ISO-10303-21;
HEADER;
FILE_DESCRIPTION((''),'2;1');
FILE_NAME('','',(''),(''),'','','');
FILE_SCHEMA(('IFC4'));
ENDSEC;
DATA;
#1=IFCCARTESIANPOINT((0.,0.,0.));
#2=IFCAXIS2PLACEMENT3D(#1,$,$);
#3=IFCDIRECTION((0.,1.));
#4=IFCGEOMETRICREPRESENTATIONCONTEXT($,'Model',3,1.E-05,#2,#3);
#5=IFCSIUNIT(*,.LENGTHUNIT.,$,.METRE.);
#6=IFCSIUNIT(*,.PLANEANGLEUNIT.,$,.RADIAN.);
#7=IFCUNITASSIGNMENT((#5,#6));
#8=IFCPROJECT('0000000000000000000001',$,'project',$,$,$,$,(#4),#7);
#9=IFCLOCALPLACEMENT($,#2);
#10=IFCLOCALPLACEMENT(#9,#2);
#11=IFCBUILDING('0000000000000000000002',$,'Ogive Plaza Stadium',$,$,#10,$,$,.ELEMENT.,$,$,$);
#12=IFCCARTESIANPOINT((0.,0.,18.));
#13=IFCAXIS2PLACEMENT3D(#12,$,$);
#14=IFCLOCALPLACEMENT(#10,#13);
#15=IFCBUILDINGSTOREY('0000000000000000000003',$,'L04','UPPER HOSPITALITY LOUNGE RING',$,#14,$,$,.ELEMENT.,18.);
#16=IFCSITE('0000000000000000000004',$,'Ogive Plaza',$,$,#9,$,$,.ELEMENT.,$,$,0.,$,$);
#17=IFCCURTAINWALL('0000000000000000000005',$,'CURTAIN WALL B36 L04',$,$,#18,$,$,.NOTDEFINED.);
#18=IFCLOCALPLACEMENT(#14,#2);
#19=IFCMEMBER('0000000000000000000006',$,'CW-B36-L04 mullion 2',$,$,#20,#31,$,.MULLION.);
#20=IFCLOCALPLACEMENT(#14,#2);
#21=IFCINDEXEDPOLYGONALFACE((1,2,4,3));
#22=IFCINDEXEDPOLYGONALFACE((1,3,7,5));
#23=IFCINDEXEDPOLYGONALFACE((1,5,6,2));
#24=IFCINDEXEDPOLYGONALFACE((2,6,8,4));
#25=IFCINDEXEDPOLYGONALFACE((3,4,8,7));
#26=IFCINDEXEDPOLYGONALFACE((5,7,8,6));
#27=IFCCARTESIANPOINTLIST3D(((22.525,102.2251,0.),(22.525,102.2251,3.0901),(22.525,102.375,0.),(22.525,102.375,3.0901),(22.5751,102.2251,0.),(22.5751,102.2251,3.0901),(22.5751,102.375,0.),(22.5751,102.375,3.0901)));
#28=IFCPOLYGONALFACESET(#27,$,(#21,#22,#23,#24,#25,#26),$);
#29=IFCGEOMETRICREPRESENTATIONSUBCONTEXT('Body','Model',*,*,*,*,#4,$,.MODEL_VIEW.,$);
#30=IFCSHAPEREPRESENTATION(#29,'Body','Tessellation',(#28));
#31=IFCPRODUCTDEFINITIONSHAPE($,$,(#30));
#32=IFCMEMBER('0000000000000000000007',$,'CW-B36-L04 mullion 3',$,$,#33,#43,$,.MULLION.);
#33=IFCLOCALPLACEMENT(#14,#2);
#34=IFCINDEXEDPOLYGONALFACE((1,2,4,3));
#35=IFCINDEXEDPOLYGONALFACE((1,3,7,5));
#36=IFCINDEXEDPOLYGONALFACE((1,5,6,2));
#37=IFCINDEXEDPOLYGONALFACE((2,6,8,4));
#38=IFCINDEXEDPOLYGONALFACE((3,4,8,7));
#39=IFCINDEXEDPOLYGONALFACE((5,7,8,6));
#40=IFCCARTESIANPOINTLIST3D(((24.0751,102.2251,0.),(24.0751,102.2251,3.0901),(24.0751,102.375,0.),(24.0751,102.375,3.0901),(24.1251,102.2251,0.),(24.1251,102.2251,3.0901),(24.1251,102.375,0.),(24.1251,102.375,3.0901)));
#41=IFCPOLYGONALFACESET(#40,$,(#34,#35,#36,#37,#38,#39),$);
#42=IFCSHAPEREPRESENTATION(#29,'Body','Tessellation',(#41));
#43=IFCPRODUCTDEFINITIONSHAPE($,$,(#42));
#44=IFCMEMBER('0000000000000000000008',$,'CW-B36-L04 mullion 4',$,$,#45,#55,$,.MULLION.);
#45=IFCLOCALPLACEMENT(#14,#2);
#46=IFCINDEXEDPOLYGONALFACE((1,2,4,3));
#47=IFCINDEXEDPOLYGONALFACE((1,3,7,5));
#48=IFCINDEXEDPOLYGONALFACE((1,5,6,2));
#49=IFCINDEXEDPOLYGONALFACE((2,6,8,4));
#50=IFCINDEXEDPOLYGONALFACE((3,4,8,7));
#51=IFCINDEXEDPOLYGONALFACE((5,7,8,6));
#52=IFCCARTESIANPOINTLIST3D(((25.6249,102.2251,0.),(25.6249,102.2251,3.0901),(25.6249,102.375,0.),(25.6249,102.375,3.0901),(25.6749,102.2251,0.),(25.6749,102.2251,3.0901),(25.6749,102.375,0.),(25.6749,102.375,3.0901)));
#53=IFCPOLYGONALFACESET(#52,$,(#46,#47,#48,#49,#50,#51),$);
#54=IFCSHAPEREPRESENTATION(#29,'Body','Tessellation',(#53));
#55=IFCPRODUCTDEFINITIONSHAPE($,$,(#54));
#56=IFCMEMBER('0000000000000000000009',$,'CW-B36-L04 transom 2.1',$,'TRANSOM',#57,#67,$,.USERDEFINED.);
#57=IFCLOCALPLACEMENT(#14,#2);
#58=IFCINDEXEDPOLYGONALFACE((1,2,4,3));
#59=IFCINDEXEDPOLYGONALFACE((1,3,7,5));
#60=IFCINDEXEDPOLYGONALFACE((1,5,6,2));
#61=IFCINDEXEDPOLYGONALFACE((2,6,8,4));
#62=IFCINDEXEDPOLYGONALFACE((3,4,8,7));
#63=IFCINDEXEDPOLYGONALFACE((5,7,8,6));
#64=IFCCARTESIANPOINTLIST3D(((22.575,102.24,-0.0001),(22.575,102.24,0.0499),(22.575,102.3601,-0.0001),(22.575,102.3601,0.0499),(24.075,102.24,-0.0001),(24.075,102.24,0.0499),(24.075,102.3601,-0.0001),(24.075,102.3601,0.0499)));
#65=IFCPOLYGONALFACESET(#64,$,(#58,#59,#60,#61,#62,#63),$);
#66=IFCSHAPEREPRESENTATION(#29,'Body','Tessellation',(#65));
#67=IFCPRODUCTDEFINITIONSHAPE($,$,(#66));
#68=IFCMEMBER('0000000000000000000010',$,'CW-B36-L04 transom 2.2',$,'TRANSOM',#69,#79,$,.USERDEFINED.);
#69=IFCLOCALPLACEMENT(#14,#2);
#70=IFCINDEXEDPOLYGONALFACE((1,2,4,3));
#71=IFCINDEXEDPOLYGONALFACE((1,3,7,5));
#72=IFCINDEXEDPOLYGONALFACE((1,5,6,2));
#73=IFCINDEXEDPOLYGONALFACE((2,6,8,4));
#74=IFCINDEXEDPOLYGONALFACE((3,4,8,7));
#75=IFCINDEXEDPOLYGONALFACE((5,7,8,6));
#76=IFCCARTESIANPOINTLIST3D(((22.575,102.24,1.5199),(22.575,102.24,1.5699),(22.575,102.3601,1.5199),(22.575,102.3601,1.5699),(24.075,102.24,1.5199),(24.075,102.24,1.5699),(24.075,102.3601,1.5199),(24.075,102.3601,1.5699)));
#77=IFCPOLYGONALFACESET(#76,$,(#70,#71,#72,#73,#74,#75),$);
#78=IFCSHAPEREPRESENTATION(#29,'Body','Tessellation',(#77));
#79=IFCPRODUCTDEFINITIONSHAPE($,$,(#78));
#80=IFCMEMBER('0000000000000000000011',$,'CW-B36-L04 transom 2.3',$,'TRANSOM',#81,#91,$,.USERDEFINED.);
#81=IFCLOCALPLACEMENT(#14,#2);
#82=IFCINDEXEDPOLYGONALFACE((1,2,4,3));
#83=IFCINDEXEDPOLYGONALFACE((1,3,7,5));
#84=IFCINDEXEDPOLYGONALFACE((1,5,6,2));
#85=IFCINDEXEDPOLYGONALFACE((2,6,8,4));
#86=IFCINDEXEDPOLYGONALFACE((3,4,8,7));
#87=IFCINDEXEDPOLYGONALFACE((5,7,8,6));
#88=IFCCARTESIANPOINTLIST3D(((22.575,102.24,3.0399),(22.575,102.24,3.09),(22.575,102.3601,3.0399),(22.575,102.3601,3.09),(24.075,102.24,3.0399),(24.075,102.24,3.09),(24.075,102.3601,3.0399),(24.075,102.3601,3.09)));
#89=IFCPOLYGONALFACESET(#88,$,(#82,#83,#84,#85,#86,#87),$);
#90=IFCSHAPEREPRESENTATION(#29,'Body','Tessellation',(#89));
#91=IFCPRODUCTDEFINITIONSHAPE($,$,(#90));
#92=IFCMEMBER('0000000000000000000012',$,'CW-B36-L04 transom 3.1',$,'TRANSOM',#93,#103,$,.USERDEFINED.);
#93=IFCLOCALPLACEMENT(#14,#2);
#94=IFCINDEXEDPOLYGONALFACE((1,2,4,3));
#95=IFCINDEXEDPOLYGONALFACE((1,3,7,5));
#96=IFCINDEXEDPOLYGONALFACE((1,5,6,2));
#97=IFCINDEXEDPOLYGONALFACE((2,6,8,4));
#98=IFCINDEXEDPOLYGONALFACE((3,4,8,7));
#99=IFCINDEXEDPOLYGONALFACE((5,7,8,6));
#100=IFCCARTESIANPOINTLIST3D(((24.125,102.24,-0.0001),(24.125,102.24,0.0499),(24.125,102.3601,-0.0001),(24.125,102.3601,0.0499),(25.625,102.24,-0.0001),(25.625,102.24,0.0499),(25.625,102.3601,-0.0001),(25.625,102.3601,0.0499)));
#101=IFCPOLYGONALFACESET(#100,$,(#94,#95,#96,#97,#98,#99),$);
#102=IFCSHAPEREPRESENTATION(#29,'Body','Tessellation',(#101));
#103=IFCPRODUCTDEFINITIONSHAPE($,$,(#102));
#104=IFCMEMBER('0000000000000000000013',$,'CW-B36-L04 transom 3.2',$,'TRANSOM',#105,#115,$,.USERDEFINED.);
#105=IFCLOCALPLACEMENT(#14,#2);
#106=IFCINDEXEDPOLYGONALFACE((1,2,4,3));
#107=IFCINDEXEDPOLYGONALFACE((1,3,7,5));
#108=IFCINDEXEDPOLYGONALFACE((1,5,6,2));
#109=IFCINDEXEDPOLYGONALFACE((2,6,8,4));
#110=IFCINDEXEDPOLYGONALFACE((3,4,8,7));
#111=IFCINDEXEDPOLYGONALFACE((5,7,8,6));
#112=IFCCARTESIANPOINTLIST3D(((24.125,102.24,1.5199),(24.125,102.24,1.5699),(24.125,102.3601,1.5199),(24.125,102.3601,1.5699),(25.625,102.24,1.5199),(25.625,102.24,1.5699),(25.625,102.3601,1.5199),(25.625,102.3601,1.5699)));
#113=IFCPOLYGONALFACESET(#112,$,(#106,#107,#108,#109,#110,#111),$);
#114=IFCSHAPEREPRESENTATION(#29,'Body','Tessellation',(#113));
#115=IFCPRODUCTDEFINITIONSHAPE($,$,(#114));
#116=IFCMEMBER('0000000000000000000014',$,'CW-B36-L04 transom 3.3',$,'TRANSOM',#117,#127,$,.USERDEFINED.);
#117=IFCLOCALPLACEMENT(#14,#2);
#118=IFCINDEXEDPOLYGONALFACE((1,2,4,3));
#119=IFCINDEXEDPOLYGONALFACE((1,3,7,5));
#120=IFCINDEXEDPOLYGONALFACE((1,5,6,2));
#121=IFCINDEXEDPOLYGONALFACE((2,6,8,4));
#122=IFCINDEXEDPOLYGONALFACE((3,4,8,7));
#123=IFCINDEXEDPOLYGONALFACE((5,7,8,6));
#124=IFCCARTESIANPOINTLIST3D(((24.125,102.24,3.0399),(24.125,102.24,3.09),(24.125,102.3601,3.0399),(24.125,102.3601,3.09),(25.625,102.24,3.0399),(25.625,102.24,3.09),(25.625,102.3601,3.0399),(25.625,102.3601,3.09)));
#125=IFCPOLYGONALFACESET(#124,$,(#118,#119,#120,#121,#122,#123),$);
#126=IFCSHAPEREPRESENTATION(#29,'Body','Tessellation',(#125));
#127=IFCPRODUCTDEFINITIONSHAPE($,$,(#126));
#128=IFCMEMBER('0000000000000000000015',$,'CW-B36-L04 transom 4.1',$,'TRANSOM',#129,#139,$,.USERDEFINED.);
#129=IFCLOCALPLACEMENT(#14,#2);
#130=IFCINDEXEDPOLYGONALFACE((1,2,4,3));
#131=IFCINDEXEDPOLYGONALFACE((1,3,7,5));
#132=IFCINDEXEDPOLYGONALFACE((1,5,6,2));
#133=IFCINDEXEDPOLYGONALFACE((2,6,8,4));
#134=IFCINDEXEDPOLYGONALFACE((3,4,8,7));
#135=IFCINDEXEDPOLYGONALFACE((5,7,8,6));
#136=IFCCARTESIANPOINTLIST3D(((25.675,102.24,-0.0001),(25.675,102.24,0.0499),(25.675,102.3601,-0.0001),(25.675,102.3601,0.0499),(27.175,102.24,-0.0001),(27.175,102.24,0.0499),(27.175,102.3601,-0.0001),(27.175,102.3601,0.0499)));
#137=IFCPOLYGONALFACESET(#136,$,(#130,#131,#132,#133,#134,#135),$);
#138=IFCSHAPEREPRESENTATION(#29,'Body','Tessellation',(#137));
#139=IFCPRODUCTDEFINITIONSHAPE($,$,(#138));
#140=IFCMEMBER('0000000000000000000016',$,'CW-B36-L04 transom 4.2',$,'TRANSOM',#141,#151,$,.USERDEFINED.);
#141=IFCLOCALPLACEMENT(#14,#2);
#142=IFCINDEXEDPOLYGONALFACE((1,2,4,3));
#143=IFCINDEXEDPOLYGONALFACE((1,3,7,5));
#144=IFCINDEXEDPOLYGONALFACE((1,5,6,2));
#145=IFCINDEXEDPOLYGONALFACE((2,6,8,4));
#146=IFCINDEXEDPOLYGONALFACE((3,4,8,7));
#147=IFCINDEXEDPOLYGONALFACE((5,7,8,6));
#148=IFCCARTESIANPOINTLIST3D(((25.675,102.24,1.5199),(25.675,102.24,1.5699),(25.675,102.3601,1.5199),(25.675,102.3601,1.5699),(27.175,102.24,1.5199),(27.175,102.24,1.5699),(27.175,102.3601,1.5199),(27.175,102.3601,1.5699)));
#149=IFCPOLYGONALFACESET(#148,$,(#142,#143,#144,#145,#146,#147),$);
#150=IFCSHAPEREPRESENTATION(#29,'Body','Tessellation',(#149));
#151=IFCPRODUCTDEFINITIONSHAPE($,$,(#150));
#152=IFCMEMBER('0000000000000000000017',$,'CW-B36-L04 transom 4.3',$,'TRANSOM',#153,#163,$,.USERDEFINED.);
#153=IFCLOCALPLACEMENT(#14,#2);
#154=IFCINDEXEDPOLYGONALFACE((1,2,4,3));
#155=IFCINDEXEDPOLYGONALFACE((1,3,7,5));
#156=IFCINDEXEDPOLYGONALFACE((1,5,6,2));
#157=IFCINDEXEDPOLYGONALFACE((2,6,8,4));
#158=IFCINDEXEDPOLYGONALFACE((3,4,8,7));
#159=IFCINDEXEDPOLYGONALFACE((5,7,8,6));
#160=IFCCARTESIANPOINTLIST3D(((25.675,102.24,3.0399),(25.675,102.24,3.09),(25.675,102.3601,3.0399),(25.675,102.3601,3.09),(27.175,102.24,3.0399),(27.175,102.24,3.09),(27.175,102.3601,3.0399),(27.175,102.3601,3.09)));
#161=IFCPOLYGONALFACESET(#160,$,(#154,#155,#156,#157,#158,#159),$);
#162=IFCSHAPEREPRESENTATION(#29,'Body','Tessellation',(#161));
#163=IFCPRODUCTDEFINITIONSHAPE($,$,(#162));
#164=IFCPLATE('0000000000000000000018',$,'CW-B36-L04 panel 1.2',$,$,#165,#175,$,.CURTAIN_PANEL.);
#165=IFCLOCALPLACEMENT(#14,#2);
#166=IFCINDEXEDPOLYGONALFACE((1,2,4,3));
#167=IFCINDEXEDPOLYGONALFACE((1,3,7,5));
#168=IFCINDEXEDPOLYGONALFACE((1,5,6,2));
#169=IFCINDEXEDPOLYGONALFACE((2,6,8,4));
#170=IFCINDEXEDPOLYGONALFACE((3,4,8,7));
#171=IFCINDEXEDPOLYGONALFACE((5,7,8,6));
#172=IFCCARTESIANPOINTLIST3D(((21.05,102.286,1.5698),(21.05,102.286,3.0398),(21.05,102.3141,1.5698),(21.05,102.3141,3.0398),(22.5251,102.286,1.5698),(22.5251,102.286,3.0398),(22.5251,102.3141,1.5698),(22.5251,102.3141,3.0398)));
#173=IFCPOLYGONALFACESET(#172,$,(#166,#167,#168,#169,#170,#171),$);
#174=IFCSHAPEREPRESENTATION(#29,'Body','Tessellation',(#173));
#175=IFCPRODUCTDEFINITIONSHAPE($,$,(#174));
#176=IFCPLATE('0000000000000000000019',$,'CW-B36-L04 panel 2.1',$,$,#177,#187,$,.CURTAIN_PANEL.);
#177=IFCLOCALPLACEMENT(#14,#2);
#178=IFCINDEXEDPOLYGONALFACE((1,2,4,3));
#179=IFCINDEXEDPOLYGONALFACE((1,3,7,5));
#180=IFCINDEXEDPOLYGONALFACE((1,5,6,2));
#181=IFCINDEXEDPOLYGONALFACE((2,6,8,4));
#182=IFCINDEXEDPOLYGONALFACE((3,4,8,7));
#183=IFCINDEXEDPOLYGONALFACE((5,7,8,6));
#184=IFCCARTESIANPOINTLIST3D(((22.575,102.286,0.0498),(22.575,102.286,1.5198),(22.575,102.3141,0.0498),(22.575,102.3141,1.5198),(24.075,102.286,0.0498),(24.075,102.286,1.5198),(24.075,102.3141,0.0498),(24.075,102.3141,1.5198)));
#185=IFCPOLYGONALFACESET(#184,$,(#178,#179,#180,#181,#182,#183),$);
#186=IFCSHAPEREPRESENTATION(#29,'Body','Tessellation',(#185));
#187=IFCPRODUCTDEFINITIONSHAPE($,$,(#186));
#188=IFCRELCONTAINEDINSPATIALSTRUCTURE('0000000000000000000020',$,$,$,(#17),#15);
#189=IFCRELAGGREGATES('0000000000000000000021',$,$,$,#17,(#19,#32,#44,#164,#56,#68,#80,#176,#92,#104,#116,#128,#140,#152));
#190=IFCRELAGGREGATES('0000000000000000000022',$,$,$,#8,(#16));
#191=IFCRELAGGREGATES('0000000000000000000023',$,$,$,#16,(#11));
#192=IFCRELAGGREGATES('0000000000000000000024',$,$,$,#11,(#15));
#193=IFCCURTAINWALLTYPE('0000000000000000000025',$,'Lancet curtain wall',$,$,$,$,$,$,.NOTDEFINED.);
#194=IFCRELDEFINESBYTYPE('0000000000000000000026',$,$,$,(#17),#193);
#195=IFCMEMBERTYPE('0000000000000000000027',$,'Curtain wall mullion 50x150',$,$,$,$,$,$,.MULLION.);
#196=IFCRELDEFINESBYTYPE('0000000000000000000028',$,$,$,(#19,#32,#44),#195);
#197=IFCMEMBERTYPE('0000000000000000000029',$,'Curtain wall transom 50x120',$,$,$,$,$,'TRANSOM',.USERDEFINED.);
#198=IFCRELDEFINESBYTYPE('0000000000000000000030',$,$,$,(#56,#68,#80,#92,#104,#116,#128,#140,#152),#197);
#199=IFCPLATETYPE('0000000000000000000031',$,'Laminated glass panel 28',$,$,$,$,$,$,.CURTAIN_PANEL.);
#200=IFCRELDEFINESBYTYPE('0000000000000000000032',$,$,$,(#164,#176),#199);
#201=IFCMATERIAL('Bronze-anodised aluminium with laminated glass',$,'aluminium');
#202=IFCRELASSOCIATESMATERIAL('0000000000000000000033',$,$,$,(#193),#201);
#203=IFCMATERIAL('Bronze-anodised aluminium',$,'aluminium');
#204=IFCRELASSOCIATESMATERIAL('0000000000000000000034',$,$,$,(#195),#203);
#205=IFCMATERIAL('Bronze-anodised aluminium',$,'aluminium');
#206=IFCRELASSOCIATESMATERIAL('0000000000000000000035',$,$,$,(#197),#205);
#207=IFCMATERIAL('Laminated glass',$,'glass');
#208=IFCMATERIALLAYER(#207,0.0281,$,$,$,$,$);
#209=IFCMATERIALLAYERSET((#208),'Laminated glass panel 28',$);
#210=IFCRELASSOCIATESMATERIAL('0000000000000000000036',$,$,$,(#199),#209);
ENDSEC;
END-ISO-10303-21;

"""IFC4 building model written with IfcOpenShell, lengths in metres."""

from ifc_helpers import new_model, si_unit, direction, frame, origin, origin_2d, place, context, subcontext, project, spatial, rectangle, extrude, material, layer, layer_set, material_profile, profile_set, type_object, element, aggregate, save


model = new_model("IFC4")

# Units and contexts
model_context = context("Model", 3, precision=1e-05, world=origin(), true_north=direction((0.0, 1.0)))
body_context = subcontext(model_context, "Body", "Model", "MODEL_VIEW")
ifc_project = project(units=[si_unit("LENGTHUNIT", "METRE"), si_unit("PLANEANGLEUNIT", "RADIAN")], contexts=[model_context])

# Site, building, storey
site_placement = place(None, origin())
site = spatial("IfcSite", under=ifc_project, at=site_placement, Name="Ogive Plaza", CompositionType="ELEMENT", RefElevation=0.0)
building_placement = place(site_placement, origin())
building = spatial("IfcBuilding", under=site, at=building_placement, Name="Ogive Plaza Stadium", CompositionType="ELEMENT")
storey_placement = place(building_placement, frame((0.0, 0.0, 18.0)))
storey = spatial("IfcBuildingStorey", under=building, at=storey_placement, Name="L04", Description="UPPER HOSPITALITY LOUNGE RING", CompositionType="ELEMENT", Elevation=18.0)

# Curtain wall, members, plates
ifc_material_1 = material(Name="Bronze-anodised aluminium with laminated glass", Category="aluminium")
curtain_wall_type = type_object("IfcCurtainWallType", Name="Lancet curtain wall", PredefinedType="NOTDEFINED", material=ifc_material_1)
curtain_wall_placement = place(storey_placement, origin())
curtain_wall = element("IfcCurtainWall", 1, at=curtain_wall_placement, inside=storey, type_object=curtain_wall_type, Name="CURTAIN WALL B36 L04", PredefinedType="NOTDEFINED")
ifc_material_2 = material(Name="Bronze-anodised aluminium", Category="aluminium")
ifc_material_profile_1 = material_profile(ifc_material_2, rectangle(XDim=0.1499, YDim=0.05, at=origin_2d()), Name="AL 150x50")
ifc_profile_set_1 = profile_set([ifc_material_profile_1], Name="Bronze-anodised aluminium")
member_type_1 = type_object("IfcMemberType", Name="Curtain wall mullion 50x150", PredefinedType="MULLION", material=ifc_profile_set_1)
member_1_placement = place(storey_placement, frame((22.55, 102.3, 0.0), z_axis=(0.0, 0.0, 1.0), x_axis=(0.0, 1.0, 0.0)))
member_1 = element("IfcMember", 2, at=member_1_placement, type_object=member_type_1, Name="CW-B36-L04 mullion 2", PredefinedType="MULLION", context=body_context, shape_type="SweptSolid", body=[
    extrude(rectangle(XDim=0.1499, YDim=0.05, at=origin_2d()), origin(), (0.0, 0.0, 1.0), 3.0901),
])
member_2_placement = place(storey_placement, frame((24.1001, 102.3, 0.0), z_axis=(0.0, 0.0, 1.0), x_axis=(0.0, 1.0, 0.0)))
member_2 = element("IfcMember", 3, at=member_2_placement, type_object=member_type_1, Name="CW-B36-L04 mullion 3", PredefinedType="MULLION", context=body_context, shape_type="SweptSolid", body=[
    extrude(rectangle(XDim=0.1499, YDim=0.05, at=origin_2d()), origin(), (0.0, 0.0, 1.0), 3.0901),
])
member_3_placement = place(storey_placement, frame((25.6499, 102.3, 0.0), z_axis=(0.0, 0.0, 1.0), x_axis=(0.0, 1.0, 0.0)))
member_3 = element("IfcMember", 4, at=member_3_placement, type_object=member_type_1, Name="CW-B36-L04 mullion 4", PredefinedType="MULLION", context=body_context, shape_type="SweptSolid", body=[
    extrude(rectangle(XDim=0.1499, YDim=0.05, at=origin_2d()), origin(), (0.0, 0.0, 1.0), 3.0901),
])
ifc_material_3 = material(Name="Bronze-anodised aluminium", Category="aluminium")
ifc_material_profile_2 = material_profile(ifc_material_3, rectangle(XDim=0.1201, YDim=0.05, at=origin_2d()), Name="AL 120x50")
ifc_profile_set_2 = profile_set([ifc_material_profile_2], Name="Bronze-anodised aluminium")
member_type_2 = type_object("IfcMemberType", Name="Curtain wall transom 50x120", ElementType="TRANSOM", PredefinedType="USERDEFINED", material=ifc_profile_set_2)
member_4_placement = place(storey_placement, frame((22.575, 102.3, 0.0249), z_axis=(1.0, 0.0, 0.0), x_axis=(0.0, 1.0, 0.0)))
member_4 = element("IfcMember", 5, at=member_4_placement, type_object=member_type_2, Name="CW-B36-L04 transom 2.1", ObjectType="TRANSOM", PredefinedType="USERDEFINED", context=body_context, shape_type="SweptSolid", body=[
    extrude(rectangle(XDim=0.1201, YDim=0.05, at=origin_2d()), origin(), (0.0, 0.0, 1.0), 1.5),
])
member_5_placement = place(storey_placement, frame((22.575, 102.3, 1.5449), z_axis=(1.0, 0.0, 0.0), x_axis=(0.0, 1.0, 0.0)))
member_5 = element("IfcMember", 6, at=member_5_placement, type_object=member_type_2, Name="CW-B36-L04 transom 2.2", ObjectType="TRANSOM", PredefinedType="USERDEFINED", context=body_context, shape_type="SweptSolid", body=[
    extrude(rectangle(XDim=0.1201, YDim=0.05, at=origin_2d()), origin(), (0.0, 0.0, 1.0), 1.5),
])
member_6_placement = place(storey_placement, frame((22.575, 102.3, 3.0649), z_axis=(1.0, 0.0, 0.0), x_axis=(0.0, 1.0, 0.0)))
member_6 = element("IfcMember", 7, at=member_6_placement, type_object=member_type_2, Name="CW-B36-L04 transom 2.3", ObjectType="TRANSOM", PredefinedType="USERDEFINED", context=body_context, shape_type="SweptSolid", body=[
    extrude(rectangle(XDim=0.1201, YDim=0.05, at=origin_2d()), origin(), (0.0, 0.0, 1.0), 1.5),
])
member_7_placement = place(storey_placement, frame((24.125, 102.3, 0.0249), z_axis=(1.0, 0.0, 0.0), x_axis=(0.0, 1.0, 0.0)))
member_7 = element("IfcMember", 8, at=member_7_placement, type_object=member_type_2, Name="CW-B36-L04 transom 3.1", ObjectType="TRANSOM", PredefinedType="USERDEFINED", context=body_context, shape_type="SweptSolid", body=[
    extrude(rectangle(XDim=0.1201, YDim=0.05, at=origin_2d()), origin(), (0.0, 0.0, 1.0), 1.5),
])
member_8_placement = place(storey_placement, frame((24.125, 102.3, 1.5449), z_axis=(1.0, 0.0, 0.0), x_axis=(0.0, 1.0, 0.0)))
member_8 = element("IfcMember", 9, at=member_8_placement, type_object=member_type_2, Name="CW-B36-L04 transom 3.2", ObjectType="TRANSOM", PredefinedType="USERDEFINED", context=body_context, shape_type="SweptSolid", body=[
    extrude(rectangle(XDim=0.1201, YDim=0.05, at=origin_2d()), origin(), (0.0, 0.0, 1.0), 1.5),
])
member_9_placement = place(storey_placement, frame((24.125, 102.3, 3.0649), z_axis=(1.0, 0.0, 0.0), x_axis=(0.0, 1.0, 0.0)))
member_9 = element("IfcMember", 10, at=member_9_placement, type_object=member_type_2, Name="CW-B36-L04 transom 3.3", ObjectType="TRANSOM", PredefinedType="USERDEFINED", context=body_context, shape_type="SweptSolid", body=[
    extrude(rectangle(XDim=0.1201, YDim=0.05, at=origin_2d()), origin(), (0.0, 0.0, 1.0), 1.5),
])
member_10_placement = place(storey_placement, frame((25.675, 102.3, 0.0249), z_axis=(1.0, 0.0, 0.0), x_axis=(0.0, 1.0, 0.0)))
member_10 = element("IfcMember", 11, at=member_10_placement, type_object=member_type_2, Name="CW-B36-L04 transom 4.1", ObjectType="TRANSOM", PredefinedType="USERDEFINED", context=body_context, shape_type="SweptSolid", body=[
    extrude(rectangle(XDim=0.1201, YDim=0.05, at=origin_2d()), origin(), (0.0, 0.0, 1.0), 1.5),
])
member_11_placement = place(storey_placement, frame((25.675, 102.3, 1.5449), z_axis=(1.0, 0.0, 0.0), x_axis=(0.0, 1.0, 0.0)))
member_11 = element("IfcMember", 12, at=member_11_placement, type_object=member_type_2, Name="CW-B36-L04 transom 4.2", ObjectType="TRANSOM", PredefinedType="USERDEFINED", context=body_context, shape_type="SweptSolid", body=[
    extrude(rectangle(XDim=0.1201, YDim=0.05, at=origin_2d()), origin(), (0.0, 0.0, 1.0), 1.5),
])
member_12_placement = place(storey_placement, frame((25.675, 102.3, 3.0649), z_axis=(1.0, 0.0, 0.0), x_axis=(0.0, 1.0, 0.0)))
member_12 = element("IfcMember", 13, at=member_12_placement, type_object=member_type_2, Name="CW-B36-L04 transom 4.3", ObjectType="TRANSOM", PredefinedType="USERDEFINED", context=body_context, shape_type="SweptSolid", body=[
    extrude(rectangle(XDim=0.1201, YDim=0.05, at=origin_2d()), origin(), (0.0, 0.0, 1.0), 1.5),
])
ifc_material_4 = material(Name="Laminated glass", Category="glass")
ifc_layer_1 = layer(ifc_material_4, 0.0281)
ifc_layer_set_1 = layer_set([ifc_layer_1], Name="Laminated glass panel 28")
plate_type = type_object("IfcPlateType", Name="Laminated glass panel 28", PredefinedType="CURTAIN_PANEL", material=ifc_layer_set_1)
plate_1_placement = place(storey_placement, frame((21.7876, 102.3, 1.5698), z_axis=(0.0, 0.0, 1.0), x_axis=(1.0, 0.0, 0.0)))
plate_1 = element("IfcPlate", 14, at=plate_1_placement, type_object=plate_type, Name="CW-B36-L04 panel 1.2", PredefinedType="CURTAIN_PANEL", context=body_context, shape_type="SweptSolid", body=[
    extrude(rectangle(XDim=1.4751, YDim=0.0281, at=origin_2d()), origin(), (0.0, 0.0, 1.0), 1.47),
])
plate_2_placement = place(storey_placement, frame((23.325, 102.3, 0.0498), z_axis=(0.0, 0.0, 1.0), x_axis=(1.0, 0.0, 0.0)))
plate_2 = element("IfcPlate", 15, at=plate_2_placement, type_object=plate_type, Name="CW-B36-L04 panel 2.1", PredefinedType="CURTAIN_PANEL", context=body_context, shape_type="SweptSolid", body=[
    extrude(rectangle(XDim=1.5, YDim=0.0281, at=origin_2d()), origin(), (0.0, 0.0, 1.0), 1.47),
])
aggregate(curtain_wall, [member_1, member_2, member_3, plate_1, member_4, member_5, member_6, plate_2, member_7, member_8, member_9, member_10, member_11, member_12])

save(model, "model.ifc")
